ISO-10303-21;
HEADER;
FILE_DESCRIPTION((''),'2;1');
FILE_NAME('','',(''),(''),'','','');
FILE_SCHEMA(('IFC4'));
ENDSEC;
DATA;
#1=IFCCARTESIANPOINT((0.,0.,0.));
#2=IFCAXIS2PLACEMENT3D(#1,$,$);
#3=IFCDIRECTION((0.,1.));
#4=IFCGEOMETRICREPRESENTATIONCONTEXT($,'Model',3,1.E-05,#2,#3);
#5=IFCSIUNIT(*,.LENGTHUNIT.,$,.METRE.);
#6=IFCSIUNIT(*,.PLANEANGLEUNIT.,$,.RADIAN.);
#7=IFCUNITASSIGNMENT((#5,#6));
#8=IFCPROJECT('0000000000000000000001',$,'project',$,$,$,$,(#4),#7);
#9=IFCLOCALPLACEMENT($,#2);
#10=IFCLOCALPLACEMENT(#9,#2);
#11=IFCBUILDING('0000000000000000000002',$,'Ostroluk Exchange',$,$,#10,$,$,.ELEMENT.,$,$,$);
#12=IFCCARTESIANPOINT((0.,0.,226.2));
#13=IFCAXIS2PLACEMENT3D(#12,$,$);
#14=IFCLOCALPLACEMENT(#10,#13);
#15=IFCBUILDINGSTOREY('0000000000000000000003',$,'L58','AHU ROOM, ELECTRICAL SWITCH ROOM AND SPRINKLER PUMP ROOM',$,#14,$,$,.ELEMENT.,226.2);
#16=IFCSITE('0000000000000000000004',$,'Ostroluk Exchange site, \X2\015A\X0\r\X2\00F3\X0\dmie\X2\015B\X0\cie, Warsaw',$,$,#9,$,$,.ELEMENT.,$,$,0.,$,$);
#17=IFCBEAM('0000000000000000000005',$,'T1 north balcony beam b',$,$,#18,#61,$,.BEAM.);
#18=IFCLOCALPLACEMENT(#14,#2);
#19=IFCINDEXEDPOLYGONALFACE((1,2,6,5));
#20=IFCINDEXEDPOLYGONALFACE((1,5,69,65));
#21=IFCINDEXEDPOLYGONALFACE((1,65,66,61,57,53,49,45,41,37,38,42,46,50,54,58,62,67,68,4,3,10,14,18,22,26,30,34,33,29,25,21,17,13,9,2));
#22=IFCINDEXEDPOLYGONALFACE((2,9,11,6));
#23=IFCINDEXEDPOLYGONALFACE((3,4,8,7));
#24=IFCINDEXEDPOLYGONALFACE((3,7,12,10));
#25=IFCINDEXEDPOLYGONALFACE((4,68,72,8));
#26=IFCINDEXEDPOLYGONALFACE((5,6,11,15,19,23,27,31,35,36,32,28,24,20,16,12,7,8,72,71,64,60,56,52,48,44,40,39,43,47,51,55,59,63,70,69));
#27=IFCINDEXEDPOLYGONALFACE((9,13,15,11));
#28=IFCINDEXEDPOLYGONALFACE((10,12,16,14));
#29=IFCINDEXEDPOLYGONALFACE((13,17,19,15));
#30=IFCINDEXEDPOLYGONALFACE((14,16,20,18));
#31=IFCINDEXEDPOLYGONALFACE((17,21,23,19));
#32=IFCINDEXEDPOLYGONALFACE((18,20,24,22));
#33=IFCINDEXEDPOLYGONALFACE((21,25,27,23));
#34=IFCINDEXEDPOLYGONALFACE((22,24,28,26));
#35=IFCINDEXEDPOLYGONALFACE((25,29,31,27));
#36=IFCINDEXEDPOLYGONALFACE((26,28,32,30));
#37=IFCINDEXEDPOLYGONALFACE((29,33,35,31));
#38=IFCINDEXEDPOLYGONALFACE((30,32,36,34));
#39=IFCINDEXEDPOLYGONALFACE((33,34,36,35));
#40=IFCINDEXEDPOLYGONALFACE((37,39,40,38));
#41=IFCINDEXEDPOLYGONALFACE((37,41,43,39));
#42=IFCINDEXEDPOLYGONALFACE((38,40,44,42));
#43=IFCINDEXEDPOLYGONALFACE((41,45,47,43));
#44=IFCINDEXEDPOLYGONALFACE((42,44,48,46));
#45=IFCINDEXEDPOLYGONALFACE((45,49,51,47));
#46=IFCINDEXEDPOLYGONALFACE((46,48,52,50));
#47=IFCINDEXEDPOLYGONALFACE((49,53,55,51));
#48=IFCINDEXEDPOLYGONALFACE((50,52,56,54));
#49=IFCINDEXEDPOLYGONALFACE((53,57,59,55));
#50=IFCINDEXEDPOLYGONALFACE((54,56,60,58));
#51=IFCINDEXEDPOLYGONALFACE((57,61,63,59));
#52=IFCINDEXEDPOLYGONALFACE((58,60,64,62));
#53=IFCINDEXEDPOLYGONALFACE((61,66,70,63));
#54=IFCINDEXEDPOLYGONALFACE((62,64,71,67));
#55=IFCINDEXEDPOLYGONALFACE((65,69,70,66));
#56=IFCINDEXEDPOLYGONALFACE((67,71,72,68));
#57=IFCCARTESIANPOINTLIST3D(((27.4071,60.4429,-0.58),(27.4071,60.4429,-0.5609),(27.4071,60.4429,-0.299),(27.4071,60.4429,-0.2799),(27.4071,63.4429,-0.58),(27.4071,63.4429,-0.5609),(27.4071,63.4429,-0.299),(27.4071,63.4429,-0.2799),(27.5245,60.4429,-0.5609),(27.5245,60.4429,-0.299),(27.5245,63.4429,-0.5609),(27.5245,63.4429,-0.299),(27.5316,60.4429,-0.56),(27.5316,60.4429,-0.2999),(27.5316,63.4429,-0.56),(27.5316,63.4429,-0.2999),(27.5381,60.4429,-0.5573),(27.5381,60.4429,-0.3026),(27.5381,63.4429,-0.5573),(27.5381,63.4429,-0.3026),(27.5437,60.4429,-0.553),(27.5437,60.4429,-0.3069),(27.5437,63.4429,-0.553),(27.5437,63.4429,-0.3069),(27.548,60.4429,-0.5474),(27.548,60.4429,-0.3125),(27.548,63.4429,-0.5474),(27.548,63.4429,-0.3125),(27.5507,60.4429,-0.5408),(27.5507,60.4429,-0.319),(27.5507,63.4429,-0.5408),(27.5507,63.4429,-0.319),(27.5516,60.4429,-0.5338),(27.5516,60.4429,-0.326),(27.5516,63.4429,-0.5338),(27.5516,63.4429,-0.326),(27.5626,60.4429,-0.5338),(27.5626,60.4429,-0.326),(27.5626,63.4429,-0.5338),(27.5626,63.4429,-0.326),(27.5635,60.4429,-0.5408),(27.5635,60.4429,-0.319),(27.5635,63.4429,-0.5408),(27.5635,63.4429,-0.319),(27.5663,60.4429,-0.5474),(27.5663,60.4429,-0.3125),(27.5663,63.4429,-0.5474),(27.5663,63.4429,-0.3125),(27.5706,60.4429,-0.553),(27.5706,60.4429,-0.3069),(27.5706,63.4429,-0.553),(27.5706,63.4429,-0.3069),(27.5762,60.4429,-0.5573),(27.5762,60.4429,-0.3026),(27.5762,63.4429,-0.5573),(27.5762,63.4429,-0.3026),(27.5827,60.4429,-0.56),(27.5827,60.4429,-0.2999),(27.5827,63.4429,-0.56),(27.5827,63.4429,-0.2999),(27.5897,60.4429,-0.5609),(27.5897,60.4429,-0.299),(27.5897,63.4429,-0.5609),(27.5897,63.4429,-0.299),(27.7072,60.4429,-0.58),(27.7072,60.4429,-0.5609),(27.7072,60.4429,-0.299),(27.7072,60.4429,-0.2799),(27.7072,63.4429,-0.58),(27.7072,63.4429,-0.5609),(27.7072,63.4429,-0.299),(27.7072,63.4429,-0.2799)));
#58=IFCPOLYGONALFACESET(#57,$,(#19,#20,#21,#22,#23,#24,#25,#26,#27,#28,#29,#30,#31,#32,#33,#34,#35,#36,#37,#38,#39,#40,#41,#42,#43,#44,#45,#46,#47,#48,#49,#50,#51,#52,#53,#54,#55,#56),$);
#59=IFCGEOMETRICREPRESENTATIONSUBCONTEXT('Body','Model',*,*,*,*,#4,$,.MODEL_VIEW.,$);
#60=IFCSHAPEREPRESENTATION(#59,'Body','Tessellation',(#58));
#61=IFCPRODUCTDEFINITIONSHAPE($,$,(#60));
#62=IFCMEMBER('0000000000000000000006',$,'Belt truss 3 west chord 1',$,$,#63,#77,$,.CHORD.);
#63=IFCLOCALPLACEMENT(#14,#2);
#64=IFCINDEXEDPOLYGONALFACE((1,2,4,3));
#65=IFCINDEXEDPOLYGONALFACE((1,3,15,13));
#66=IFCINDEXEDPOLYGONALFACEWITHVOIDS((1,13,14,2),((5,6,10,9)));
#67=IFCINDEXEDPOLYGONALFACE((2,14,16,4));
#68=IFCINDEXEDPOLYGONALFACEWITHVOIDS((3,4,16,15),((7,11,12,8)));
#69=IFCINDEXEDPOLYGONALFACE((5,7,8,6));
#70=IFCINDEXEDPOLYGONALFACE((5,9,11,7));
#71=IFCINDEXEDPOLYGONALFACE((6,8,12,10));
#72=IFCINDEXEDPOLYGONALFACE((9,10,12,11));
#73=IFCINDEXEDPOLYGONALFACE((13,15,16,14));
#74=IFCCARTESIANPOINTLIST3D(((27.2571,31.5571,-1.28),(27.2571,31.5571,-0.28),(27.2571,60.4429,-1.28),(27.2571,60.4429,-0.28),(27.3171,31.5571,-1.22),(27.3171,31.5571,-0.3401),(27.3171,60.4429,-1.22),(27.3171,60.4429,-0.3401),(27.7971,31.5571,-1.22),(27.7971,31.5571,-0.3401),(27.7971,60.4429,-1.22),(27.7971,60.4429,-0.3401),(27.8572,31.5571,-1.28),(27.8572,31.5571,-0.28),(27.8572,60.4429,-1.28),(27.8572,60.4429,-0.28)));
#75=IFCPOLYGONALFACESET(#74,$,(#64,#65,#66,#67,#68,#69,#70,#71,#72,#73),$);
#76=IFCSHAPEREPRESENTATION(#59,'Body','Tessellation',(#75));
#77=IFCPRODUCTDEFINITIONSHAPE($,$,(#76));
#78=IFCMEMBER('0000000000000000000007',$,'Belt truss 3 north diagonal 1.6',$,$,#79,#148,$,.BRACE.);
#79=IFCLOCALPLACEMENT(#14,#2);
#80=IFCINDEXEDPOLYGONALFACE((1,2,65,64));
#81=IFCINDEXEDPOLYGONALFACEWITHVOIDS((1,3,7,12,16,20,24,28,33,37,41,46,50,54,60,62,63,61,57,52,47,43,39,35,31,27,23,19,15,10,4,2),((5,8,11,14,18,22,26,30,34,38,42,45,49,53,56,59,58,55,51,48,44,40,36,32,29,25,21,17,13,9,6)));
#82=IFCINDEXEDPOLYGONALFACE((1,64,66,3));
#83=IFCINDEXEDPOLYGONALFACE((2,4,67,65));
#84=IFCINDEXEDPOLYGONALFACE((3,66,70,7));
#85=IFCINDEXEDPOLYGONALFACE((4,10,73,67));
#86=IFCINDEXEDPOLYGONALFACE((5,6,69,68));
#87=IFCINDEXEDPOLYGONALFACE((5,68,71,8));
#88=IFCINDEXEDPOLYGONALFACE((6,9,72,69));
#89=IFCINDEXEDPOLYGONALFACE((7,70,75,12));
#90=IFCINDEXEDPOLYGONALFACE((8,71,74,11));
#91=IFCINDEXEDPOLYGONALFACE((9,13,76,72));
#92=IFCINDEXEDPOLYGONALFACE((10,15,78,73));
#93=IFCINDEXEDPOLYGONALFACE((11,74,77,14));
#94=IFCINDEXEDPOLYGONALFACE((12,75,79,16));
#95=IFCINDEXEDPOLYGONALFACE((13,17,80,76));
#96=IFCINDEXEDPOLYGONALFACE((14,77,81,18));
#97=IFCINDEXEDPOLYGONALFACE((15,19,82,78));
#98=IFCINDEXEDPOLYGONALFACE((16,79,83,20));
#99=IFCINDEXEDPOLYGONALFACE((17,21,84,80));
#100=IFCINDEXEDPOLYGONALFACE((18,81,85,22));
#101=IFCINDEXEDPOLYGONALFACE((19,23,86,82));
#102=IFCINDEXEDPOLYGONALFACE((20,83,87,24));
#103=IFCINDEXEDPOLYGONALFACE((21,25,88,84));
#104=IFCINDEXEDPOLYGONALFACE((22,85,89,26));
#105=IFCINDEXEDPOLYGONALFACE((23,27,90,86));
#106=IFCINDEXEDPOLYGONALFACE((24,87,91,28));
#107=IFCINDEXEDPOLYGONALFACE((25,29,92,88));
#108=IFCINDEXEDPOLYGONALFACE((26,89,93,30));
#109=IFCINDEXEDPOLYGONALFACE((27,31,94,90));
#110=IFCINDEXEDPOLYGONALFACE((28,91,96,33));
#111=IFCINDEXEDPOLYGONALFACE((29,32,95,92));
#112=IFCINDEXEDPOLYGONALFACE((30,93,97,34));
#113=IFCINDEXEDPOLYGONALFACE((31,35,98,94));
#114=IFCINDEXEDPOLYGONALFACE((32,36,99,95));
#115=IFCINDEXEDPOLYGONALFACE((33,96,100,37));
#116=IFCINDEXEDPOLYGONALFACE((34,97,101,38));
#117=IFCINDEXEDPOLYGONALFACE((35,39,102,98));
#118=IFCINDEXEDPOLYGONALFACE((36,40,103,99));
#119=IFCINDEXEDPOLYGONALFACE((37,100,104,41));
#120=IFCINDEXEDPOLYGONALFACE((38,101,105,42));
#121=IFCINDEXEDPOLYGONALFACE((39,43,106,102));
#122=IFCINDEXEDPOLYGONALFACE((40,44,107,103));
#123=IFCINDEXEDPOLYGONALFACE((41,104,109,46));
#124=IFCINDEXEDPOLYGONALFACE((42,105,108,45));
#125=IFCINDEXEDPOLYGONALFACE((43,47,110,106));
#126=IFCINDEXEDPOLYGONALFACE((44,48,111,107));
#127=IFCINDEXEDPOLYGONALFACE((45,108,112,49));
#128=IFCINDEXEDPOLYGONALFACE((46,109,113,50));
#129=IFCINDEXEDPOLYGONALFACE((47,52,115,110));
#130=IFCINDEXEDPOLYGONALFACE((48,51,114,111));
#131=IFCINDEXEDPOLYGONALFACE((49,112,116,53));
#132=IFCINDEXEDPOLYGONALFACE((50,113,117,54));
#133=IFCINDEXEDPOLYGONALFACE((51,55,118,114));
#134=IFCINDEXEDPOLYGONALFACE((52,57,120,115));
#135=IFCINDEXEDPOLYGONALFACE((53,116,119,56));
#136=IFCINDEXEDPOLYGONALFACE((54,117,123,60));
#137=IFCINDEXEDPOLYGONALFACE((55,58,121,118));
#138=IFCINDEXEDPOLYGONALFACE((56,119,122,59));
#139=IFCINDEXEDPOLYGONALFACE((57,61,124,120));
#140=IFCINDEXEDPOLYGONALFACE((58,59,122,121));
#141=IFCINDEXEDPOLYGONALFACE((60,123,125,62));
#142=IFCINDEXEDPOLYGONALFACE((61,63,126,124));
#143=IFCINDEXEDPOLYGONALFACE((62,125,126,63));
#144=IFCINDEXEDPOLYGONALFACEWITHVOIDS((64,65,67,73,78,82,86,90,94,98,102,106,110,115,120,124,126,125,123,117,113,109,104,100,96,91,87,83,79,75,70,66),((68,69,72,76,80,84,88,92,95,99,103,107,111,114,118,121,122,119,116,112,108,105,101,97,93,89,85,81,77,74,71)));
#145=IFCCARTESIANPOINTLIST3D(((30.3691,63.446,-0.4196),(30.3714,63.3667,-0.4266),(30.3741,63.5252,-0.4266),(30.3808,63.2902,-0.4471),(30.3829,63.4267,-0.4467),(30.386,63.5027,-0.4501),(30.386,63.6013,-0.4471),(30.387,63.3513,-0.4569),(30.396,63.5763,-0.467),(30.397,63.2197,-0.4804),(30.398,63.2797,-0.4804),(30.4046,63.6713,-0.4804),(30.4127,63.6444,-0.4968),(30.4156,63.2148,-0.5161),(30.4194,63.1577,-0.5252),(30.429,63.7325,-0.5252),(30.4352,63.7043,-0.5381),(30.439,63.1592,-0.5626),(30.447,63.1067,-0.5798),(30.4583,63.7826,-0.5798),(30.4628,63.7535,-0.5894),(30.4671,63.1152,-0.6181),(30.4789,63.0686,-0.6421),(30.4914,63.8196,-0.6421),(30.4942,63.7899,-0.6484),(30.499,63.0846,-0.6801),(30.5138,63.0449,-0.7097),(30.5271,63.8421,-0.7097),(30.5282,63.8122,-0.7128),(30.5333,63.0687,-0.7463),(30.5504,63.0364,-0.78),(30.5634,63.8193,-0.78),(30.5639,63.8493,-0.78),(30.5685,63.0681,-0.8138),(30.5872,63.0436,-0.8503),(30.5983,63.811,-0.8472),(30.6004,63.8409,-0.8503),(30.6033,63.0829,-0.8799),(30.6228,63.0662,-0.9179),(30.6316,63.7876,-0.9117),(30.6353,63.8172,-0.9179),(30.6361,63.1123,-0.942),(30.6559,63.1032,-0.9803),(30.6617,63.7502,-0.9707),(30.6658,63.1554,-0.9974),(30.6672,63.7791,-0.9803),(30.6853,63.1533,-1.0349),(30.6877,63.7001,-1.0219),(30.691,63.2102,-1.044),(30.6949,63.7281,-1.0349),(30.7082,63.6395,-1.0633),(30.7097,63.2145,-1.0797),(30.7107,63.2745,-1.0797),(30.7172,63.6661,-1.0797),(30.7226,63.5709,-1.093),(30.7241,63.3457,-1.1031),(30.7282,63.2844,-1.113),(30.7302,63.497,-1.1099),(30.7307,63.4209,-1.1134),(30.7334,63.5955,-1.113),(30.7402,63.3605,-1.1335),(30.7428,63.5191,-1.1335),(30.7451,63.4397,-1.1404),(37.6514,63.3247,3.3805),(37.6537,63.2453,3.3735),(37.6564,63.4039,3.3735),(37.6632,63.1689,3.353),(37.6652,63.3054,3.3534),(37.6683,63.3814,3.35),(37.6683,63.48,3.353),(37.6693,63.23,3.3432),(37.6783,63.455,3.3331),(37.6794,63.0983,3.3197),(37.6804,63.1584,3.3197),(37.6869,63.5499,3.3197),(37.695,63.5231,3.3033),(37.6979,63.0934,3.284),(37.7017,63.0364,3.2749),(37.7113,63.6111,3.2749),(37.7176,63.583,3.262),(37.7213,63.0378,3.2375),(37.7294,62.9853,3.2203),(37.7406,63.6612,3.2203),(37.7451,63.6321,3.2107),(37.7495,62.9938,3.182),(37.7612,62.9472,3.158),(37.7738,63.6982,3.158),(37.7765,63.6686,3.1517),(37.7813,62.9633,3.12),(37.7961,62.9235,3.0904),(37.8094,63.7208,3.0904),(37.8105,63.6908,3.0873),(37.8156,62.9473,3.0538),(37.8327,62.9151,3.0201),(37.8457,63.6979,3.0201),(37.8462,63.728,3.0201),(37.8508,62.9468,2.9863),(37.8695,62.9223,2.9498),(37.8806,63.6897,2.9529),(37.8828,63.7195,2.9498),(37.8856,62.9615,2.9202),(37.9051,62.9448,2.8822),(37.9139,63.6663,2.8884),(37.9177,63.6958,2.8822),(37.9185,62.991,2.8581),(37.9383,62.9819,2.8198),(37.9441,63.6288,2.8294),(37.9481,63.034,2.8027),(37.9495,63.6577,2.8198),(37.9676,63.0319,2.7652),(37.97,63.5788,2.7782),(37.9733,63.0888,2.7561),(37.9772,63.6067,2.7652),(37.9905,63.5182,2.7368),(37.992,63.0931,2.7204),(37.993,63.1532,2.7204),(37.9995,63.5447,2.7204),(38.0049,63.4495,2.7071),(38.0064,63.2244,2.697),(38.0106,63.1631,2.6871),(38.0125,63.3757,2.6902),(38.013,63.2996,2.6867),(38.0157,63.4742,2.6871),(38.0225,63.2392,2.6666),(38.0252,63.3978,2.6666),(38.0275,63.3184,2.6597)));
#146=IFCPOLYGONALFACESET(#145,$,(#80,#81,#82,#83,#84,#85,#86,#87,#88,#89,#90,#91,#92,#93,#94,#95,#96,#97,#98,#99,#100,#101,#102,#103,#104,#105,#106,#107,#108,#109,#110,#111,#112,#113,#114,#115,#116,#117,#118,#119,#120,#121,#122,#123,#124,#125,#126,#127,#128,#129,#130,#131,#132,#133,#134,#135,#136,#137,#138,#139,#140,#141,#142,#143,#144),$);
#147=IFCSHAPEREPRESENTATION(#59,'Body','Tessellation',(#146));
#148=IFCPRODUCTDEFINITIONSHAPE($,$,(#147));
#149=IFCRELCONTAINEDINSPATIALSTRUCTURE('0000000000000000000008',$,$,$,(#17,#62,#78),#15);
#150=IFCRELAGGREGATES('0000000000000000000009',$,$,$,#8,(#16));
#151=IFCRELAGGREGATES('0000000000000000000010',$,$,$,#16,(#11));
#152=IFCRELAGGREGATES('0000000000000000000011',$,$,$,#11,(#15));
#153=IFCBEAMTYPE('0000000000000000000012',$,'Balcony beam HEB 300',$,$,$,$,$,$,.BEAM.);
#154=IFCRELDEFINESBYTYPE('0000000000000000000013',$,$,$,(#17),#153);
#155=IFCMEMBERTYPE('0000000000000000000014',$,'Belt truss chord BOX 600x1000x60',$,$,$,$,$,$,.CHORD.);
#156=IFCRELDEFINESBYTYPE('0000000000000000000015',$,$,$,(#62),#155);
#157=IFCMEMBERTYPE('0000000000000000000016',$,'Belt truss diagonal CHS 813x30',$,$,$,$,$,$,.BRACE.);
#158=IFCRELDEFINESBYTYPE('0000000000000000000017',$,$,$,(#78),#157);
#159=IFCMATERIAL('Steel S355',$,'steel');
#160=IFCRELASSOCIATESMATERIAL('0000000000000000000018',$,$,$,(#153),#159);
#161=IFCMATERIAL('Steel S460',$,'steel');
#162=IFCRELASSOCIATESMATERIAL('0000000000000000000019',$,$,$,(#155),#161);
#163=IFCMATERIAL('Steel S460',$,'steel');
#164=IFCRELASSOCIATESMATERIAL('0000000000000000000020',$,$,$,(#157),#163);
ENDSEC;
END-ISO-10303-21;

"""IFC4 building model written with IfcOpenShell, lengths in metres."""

from ifc_helpers import new_model, si_unit, direction, frame, origin, origin_2d, place, context, subcontext, project, spatial, hollow_rectangle, hollow_circle, i_section, extrude, material, material_profile, profile_set, type_object, element, save


model = new_model("IFC4")

# Units and contexts
model_context = context("Model", 3, precision=1e-05, world=origin(), true_north=direction((0.0, 1.0)))
body_context = subcontext(model_context, "Body", "Model", "MODEL_VIEW")
ifc_project = project(units=[si_unit("LENGTHUNIT", "METRE"), si_unit("PLANEANGLEUNIT", "RADIAN")], contexts=[model_context])

# Site, building, storey
site_placement = place(None, origin())
site = spatial("IfcSite", under=ifc_project, at=site_placement, Name="Ostroluk Exchange site, Śródmieście, Warsaw", CompositionType="ELEMENT", RefElevation=0.0)
building_placement = place(site_placement, origin())
building = spatial("IfcBuilding", under=site, at=building_placement, Name="Ostroluk Exchange", CompositionType="ELEMENT")
storey_placement = place(building_placement, frame((0.0, 0.0, 226.2)))
storey = spatial("IfcBuildingStorey", under=building, at=storey_placement, Name="L58", Description="AHU ROOM, ELECTRICAL SWITCH ROOM AND SPRINKLER PUMP ROOM", CompositionType="ELEMENT", Elevation=226.2)

# Beam
ifc_material_1 = material(Name="Steel S355", Category="steel")
ifc_material_profile_1 = material_profile(ifc_material_1, i_section(OverallWidth=0.3, OverallDepth=0.3, WebThickness=0.011, FlangeThickness=0.019, FilletRadius=0.0271, at=origin_2d()), Name="HEB 300")
ifc_profile_set_1 = profile_set([ifc_material_profile_1], Name="Steel S355")
beam_type = type_object("IfcBeamType", Name="Balcony beam HEB 300", PredefinedType="BEAM", material=ifc_profile_set_1)
for number, where, z_axis, x_axis, name in (
    (1, (27.5571, 60.4429, -0.4299), (0.0, 1.0, 0.0), (-1.0, 0.0, 0.0), "T1 north balcony beam b"),
):
    element("IfcBeam", number, at=place(storey_placement, frame(where, z_axis=z_axis, x_axis=x_axis)), inside=storey, type_object=beam_type, Name=name, PredefinedType="BEAM", context=body_context, shape_type="SweptSolid", body=[
        extrude(i_section(OverallWidth=0.3, OverallDepth=0.3, WebThickness=0.011, FlangeThickness=0.019, FilletRadius=0.0271, at=origin_2d()), origin(), (0.0, 0.0, 1.0), 3.0),
    ])

# Members
ifc_material_2 = material(Name="Steel S460", Category="steel")
ifc_material_profile_2 = material_profile(ifc_material_2, hollow_rectangle(XDim=0.6001, YDim=1.0, WallThickness=0.0601, at=origin_2d()), Name="BOX 600x1000x60")
ifc_profile_set_2 = profile_set([ifc_material_profile_2], Name="Steel S460")
member_type_1 = type_object("IfcMemberType", Name="Belt truss chord BOX 600x1000x60", PredefinedType="CHORD", material=ifc_profile_set_2)
member_1_placement = place(storey_placement, frame((27.5571, 60.4429, -0.78), z_axis=(0.0, -1.0, 0.0), x_axis=(1.0, 0.0, 0.0)))
element("IfcMember", 2, at=member_1_placement, inside=storey, type_object=member_type_1, Name="Belt truss 3 west chord 1", PredefinedType="CHORD", context=body_context, shape_type="SweptSolid", body=[
    extrude(hollow_rectangle(XDim=0.6001, YDim=1.0, WallThickness=0.0601, at=origin_2d()), origin(), (0.0, 0.0, 1.0), 28.8857),
])
ifc_material_3 = material(Name="Steel S460", Category="steel")
ifc_material_profile_3 = material_profile(ifc_material_3, hollow_circle(Radius=0.4065, WallThickness=0.03, at=origin_2d()), Name="CHS 813x30")
ifc_profile_set_3 = profile_set([ifc_material_profile_3], Name="Steel S460")
member_type_2 = type_object("IfcMemberType", Name="Belt truss diagonal CHS 813x30", PredefinedType="BRACE", material=ifc_profile_set_3)
for number, where, z_axis, x_axis, name in (
    (3, (30.5571, 63.4429, -0.78), (0.886457, -0.01477, 0.462575), (0.01666, 0.999861, 0.0), "Belt truss 3 north diagonal 1.6"),
):
    element("IfcMember", number, at=place(storey_placement, frame(where, z_axis=z_axis, x_axis=x_axis)), inside=storey, type_object=member_type_2, Name=name, PredefinedType="BRACE", context=body_context, shape_type="SweptSolid", body=[
        extrude(hollow_circle(Radius=0.4065, WallThickness=0.03, at=origin_2d()), origin(), (0.0, 0.0, 1.0), 8.2151),
    ])

save(model, "model.ifc")
